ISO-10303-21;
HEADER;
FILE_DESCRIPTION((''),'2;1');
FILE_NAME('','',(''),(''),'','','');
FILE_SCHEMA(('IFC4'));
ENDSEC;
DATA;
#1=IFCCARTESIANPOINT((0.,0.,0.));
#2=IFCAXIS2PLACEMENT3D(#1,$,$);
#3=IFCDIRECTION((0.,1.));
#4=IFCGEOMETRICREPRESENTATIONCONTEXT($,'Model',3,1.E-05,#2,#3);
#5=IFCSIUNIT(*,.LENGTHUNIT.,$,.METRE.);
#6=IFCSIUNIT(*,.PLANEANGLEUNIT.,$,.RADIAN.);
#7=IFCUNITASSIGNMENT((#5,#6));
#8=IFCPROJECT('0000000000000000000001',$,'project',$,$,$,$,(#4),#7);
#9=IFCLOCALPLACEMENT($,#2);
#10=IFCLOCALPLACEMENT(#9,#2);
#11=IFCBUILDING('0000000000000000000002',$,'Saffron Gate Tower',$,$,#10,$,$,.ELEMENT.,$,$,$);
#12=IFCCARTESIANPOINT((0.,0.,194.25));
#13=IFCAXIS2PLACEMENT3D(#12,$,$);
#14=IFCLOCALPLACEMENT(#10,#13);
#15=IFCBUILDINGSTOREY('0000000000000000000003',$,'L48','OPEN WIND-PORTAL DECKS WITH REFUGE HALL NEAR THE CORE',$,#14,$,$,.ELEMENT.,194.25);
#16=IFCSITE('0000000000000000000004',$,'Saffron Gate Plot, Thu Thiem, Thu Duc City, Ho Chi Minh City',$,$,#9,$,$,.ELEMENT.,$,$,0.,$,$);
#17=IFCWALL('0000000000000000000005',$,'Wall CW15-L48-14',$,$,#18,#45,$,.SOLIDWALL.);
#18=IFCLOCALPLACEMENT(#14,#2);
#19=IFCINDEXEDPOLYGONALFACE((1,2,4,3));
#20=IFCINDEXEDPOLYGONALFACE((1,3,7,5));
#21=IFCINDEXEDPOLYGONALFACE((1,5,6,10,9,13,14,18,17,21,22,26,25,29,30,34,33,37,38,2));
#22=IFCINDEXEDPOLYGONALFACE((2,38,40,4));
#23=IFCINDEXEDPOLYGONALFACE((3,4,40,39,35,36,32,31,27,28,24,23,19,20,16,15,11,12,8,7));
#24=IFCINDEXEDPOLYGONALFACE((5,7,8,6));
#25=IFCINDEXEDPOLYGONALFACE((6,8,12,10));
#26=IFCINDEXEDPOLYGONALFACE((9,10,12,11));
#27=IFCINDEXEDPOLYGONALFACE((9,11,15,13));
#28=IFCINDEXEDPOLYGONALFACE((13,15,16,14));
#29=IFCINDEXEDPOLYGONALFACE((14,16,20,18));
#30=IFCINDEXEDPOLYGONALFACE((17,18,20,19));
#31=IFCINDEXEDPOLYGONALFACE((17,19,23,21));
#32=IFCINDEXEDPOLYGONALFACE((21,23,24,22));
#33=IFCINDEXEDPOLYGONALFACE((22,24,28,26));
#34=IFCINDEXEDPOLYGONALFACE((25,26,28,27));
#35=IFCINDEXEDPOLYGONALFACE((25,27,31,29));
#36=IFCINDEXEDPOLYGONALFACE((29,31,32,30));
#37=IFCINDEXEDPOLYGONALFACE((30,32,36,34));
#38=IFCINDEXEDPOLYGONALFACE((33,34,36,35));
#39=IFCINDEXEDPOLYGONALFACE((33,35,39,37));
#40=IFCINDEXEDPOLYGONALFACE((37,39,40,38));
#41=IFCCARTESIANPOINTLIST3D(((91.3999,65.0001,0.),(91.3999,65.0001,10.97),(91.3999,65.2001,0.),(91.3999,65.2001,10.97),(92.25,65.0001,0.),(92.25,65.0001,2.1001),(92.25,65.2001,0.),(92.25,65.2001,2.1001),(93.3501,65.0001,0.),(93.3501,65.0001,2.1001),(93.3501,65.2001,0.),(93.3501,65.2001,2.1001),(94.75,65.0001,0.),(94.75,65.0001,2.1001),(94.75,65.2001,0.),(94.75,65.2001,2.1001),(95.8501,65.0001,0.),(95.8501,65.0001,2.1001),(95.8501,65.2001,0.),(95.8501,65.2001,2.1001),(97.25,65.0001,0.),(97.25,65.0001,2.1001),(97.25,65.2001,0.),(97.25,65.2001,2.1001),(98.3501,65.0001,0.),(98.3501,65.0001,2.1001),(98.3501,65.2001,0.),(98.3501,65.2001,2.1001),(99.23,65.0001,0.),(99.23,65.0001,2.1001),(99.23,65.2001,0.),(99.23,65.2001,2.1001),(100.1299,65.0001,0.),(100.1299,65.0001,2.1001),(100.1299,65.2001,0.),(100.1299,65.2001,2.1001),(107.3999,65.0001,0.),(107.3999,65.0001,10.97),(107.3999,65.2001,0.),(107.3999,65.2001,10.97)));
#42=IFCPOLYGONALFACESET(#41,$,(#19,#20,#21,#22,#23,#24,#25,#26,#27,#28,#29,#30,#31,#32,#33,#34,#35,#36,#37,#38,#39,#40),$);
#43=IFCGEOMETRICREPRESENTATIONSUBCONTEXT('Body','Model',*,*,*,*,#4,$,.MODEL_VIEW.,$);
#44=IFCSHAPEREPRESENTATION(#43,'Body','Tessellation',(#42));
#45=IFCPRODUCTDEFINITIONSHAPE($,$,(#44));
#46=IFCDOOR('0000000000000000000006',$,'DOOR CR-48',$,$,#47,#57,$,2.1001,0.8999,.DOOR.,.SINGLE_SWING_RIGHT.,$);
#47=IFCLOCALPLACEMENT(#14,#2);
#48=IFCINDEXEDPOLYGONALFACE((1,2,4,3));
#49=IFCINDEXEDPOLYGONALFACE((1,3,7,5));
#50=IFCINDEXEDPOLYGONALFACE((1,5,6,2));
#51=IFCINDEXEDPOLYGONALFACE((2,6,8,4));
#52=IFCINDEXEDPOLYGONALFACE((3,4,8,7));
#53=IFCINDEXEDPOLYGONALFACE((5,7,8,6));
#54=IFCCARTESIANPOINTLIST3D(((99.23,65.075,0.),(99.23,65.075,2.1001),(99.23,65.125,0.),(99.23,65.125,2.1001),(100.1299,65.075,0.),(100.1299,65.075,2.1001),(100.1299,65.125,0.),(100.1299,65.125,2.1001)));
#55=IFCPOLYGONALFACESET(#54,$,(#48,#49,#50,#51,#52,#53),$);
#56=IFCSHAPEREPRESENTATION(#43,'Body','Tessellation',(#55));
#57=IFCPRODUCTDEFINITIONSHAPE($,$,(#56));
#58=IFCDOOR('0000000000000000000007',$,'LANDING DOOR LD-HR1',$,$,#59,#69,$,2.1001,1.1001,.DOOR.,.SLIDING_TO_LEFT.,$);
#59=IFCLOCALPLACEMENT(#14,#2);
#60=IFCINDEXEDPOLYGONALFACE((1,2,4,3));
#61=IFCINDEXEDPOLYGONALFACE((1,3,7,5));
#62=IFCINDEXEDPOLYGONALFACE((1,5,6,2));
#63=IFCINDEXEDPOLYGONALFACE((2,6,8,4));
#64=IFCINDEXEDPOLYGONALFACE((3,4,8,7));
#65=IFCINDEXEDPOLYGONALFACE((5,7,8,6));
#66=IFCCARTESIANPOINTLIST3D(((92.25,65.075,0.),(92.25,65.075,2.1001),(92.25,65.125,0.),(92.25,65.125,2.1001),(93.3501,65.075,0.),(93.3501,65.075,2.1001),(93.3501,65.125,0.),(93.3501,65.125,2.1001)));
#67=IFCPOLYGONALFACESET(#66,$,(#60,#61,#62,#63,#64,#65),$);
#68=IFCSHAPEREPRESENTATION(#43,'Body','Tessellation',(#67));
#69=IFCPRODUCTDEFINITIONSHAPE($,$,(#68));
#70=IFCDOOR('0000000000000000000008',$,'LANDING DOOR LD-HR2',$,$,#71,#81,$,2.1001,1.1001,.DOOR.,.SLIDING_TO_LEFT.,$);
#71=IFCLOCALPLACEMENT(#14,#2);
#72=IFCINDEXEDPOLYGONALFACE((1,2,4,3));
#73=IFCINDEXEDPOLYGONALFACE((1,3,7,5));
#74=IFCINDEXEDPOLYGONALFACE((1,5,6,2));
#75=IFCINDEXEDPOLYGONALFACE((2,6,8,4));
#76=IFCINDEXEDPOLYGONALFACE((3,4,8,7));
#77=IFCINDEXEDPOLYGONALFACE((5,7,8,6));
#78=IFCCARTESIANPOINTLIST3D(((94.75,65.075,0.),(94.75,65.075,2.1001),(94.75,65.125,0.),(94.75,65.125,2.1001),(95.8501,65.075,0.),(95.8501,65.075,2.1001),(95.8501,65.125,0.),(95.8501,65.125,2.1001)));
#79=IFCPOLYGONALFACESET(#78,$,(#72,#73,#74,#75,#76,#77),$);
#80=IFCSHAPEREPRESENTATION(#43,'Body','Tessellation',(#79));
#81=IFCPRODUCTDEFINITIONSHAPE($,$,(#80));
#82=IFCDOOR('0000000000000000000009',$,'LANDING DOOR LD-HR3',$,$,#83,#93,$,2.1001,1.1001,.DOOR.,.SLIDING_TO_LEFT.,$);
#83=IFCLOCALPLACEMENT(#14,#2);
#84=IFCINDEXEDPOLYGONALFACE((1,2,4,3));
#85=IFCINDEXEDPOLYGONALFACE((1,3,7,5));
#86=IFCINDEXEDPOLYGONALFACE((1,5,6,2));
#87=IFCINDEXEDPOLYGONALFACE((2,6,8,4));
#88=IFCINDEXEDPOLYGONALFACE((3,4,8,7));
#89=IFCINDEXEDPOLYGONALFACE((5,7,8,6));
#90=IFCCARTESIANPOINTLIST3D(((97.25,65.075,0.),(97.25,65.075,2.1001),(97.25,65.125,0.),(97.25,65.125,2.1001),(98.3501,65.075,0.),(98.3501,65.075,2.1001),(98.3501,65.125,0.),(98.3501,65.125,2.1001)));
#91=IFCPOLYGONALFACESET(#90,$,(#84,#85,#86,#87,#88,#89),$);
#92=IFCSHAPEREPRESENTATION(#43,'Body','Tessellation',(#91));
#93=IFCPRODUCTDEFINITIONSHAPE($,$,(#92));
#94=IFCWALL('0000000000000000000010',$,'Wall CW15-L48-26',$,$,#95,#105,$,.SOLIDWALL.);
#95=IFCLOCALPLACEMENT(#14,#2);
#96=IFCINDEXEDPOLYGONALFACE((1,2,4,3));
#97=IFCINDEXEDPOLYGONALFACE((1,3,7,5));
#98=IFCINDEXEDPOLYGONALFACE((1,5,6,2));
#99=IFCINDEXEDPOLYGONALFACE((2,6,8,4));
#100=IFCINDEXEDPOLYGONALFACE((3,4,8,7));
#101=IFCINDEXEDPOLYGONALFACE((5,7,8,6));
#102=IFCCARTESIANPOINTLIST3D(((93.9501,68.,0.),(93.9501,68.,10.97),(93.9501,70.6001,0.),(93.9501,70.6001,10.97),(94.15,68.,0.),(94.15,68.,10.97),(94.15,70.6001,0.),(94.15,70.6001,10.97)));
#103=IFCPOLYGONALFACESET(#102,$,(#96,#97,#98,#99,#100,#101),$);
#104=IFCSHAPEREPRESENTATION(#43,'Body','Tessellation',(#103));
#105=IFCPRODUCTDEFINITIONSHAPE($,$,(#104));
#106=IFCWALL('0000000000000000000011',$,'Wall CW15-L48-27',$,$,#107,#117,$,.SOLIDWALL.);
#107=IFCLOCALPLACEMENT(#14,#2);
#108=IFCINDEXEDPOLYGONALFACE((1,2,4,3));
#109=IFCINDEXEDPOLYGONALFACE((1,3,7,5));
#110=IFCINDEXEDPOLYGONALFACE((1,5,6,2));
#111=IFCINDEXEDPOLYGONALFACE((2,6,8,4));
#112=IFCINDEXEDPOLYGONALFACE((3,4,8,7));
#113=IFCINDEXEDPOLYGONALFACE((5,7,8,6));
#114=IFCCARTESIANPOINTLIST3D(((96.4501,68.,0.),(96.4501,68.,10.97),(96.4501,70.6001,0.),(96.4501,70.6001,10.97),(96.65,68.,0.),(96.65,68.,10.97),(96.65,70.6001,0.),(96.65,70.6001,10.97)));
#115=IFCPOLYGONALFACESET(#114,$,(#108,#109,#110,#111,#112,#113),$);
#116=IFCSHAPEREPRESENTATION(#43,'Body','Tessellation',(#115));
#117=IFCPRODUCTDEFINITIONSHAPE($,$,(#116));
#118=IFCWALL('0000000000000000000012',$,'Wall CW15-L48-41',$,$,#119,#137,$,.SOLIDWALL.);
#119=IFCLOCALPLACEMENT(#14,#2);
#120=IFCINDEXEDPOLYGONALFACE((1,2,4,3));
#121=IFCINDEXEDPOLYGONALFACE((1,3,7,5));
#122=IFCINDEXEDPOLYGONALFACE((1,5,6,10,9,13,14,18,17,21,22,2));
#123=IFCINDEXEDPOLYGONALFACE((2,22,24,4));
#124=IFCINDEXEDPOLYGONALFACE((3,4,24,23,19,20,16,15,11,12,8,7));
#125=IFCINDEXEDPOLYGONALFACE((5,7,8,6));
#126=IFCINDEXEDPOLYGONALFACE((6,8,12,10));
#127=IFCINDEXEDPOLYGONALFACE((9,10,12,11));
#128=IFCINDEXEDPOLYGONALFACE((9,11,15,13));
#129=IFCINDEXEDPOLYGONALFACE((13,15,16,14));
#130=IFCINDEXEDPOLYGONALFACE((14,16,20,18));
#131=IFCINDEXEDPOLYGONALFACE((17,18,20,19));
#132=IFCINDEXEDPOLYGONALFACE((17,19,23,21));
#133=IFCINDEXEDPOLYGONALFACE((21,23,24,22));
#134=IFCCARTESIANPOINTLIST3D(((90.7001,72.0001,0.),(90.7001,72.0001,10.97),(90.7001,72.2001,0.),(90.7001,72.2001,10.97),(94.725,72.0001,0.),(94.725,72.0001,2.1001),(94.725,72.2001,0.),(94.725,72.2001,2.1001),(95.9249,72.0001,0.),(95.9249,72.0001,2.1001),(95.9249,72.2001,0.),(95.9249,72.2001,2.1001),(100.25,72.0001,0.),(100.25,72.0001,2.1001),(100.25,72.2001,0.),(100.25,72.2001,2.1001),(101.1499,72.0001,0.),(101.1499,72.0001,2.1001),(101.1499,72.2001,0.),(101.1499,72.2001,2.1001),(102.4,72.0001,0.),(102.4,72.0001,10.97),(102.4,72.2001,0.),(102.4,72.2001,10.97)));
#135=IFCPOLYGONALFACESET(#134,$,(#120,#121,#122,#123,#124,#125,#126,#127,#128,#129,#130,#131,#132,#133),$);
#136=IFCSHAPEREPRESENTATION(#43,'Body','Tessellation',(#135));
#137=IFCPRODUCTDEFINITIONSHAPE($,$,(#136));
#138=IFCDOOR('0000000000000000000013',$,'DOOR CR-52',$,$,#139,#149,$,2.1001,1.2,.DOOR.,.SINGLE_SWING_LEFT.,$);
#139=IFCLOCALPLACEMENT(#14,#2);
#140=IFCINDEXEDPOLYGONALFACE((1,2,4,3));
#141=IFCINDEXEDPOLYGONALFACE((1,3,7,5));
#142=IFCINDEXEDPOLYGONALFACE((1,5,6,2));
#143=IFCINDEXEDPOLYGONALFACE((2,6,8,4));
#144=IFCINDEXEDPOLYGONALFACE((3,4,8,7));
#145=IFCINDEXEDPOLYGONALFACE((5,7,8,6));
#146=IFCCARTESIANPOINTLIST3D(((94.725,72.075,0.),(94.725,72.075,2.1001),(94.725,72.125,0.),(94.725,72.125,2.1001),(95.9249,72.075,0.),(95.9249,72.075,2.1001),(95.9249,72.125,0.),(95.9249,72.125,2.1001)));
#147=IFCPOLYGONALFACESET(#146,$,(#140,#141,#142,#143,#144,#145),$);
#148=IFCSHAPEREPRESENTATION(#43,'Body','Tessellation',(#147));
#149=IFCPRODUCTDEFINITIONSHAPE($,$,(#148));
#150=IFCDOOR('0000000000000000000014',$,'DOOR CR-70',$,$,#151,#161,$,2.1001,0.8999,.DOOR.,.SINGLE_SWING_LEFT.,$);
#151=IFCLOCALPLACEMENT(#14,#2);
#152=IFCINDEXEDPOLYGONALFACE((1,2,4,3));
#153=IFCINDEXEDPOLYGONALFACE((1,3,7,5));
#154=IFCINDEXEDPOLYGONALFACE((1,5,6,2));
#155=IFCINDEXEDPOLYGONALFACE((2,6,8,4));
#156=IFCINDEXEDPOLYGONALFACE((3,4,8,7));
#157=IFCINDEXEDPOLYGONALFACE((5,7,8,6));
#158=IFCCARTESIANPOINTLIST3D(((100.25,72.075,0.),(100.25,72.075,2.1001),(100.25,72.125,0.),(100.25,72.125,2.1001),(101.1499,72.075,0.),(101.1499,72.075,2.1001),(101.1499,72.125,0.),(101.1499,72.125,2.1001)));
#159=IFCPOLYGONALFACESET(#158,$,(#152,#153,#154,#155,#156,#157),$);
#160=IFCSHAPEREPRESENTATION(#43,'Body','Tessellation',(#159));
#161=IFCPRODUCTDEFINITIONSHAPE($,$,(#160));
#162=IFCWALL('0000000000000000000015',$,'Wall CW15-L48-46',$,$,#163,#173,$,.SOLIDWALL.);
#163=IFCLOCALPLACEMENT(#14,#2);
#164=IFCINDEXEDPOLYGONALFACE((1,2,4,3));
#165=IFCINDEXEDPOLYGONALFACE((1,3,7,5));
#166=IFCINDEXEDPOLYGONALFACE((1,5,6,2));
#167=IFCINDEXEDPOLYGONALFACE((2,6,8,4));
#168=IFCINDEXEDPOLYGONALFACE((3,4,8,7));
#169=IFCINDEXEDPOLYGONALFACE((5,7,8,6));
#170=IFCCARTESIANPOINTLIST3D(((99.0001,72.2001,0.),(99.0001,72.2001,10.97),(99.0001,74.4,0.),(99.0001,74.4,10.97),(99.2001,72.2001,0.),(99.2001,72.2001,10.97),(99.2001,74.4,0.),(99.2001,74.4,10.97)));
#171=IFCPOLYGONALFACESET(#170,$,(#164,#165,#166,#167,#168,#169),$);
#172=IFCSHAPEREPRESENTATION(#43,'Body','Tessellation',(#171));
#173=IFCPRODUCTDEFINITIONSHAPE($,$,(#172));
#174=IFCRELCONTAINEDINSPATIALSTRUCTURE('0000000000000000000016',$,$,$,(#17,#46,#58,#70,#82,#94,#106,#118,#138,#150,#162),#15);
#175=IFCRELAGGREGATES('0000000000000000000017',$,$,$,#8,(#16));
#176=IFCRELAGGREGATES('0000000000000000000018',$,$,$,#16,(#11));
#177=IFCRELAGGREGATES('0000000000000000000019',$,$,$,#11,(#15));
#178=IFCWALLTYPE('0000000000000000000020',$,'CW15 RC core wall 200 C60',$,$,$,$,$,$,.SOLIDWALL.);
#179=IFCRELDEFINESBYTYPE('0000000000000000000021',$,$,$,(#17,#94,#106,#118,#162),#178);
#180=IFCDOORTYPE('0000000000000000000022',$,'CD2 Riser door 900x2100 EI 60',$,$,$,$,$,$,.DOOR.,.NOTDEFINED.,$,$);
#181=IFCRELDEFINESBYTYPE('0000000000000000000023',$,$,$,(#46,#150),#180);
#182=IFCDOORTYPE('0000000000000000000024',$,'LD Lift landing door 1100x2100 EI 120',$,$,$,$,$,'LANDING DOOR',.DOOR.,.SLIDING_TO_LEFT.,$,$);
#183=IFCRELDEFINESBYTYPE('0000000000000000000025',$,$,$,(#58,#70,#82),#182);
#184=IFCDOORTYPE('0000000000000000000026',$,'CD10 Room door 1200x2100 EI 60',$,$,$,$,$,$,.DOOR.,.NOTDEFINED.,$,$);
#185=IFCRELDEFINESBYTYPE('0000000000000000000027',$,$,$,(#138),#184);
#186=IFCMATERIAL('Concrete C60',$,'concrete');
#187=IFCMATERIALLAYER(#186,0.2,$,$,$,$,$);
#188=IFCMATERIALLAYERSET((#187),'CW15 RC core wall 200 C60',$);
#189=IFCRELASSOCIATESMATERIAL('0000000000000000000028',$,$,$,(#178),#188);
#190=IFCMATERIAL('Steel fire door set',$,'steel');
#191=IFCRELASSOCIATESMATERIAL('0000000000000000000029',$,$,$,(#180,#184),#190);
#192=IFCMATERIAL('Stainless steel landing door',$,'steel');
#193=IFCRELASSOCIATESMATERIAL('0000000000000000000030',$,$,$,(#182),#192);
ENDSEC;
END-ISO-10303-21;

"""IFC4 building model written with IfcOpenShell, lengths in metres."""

from ifc_helpers import new_model, si_unit, direction, frame, frame_2d, origin, place, context, subcontext, project, spatial, rectangle, extrude, material, layer, layer_set, type_object, element, fill, save


model = new_model("IFC4")

# Units and contexts
model_context = context("Model", 3, precision=1e-05, world=origin(), true_north=direction((0.0, 1.0)))
body_context = subcontext(model_context, "Body", "Model", "MODEL_VIEW")
ifc_project = project(units=[si_unit("LENGTHUNIT", "METRE"), si_unit("PLANEANGLEUNIT", "RADIAN")], contexts=[model_context])

# Site, building, storey
site_placement = place(None, origin())
site = spatial("IfcSite", under=ifc_project, at=site_placement, Name="Saffron Gate Plot, Thu Thiem, Thu Duc City, Ho Chi Minh City", CompositionType="ELEMENT", RefElevation=0.0)
building_placement = place(site_placement, origin())
building = spatial("IfcBuilding", under=site, at=building_placement, Name="Saffron Gate Tower", CompositionType="ELEMENT")
storey_placement = place(building_placement, frame((0.0, 0.0, 194.25)))
storey = spatial("IfcBuildingStorey", under=building, at=storey_placement, Name="L48", Description="OPEN WIND-PORTAL DECKS WITH REFUGE HALL NEAR THE CORE", CompositionType="ELEMENT", Elevation=194.25)

# Shared definitions
ifc_material_1 = material(Name="Concrete C60", Category="concrete")

# Shared definitions
ifc_material_2 = material(Name="Steel fire door set", Category="steel")

# Shared definitions
ifc_layer_1 = layer(ifc_material_1, 0.2)
ifc_layer_set_1 = layer_set([ifc_layer_1], Name="CW15 RC core wall 200 C60")
wall_type_1 = type_object("IfcWallType", Name="CW15 RC core wall 200 C60", PredefinedType="SOLIDWALL", material=ifc_layer_set_1)

# Wall, openings, doors
wall_1_placement = place(storey_placement, frame((91.3999, 65.1001, 0.0), z_axis=(0.0, 0.0, 1.0), x_axis=(1.0, 0.0, 0.0)))
wall_1 = element("IfcWall", 1, at=wall_1_placement, inside=storey, type_object=wall_type_1, Name="Wall CW15-L48-14", PredefinedType="SOLIDWALL", context=body_context, shape_type="SweptSolid", body=[
    extrude(rectangle(XDim=16.0, YDim=0.2, at=frame_2d((8.0, 0.0))), origin(), (0.0, 0.0, 1.0), 10.97),
])
opening_1_placement = place(wall_1_placement, frame((0.8501, 0.0, 0.0)))
opening_1 = element("IfcOpeningElement", 2, at=opening_1_placement, cuts=wall_1, PredefinedType="OPENING", context=body_context, shape_type="SweptSolid", body=[
    extrude(rectangle(XDim=1.1001, YDim=2.1001, at=frame_2d((0.55, 1.05))), frame((0.0, 0.1099, 0.0), z_axis=(0.0, -1.0, 0.0), x_axis=(1.0, 0.0, 0.0)), (0.0, 0.0, 1.0), 0.22),
])
opening_2_placement = place(wall_1_placement, frame((3.3501, 0.0, 0.0)))
opening_2 = element("IfcOpeningElement", 3, at=opening_2_placement, cuts=wall_1, PredefinedType="OPENING", context=body_context, shape_type="SweptSolid", body=[
    extrude(rectangle(XDim=1.1001, YDim=2.1001, at=frame_2d((0.55, 1.05))), frame((0.0, 0.1099, 0.0), z_axis=(0.0, -1.0, 0.0), x_axis=(1.0, 0.0, 0.0)), (0.0, 0.0, 1.0), 0.22),
])
opening_3_placement = place(wall_1_placement, frame((5.8501, 0.0, 0.0)))
opening_3 = element("IfcOpeningElement", 4, at=opening_3_placement, cuts=wall_1, PredefinedType="OPENING", context=body_context, shape_type="SweptSolid", body=[
    extrude(rectangle(XDim=1.1001, YDim=2.1001, at=frame_2d((0.55, 1.05))), frame((0.0, 0.1099, 0.0), z_axis=(0.0, -1.0, 0.0), x_axis=(1.0, 0.0, 0.0)), (0.0, 0.0, 1.0), 0.22),
])
opening_4_placement = place(wall_1_placement, frame((7.8301, 0.0, 0.0)))
opening_4 = element("IfcOpeningElement", 5, at=opening_4_placement, cuts=wall_1, PredefinedType="OPENING", context=body_context, shape_type="SweptSolid", body=[
    extrude(rectangle(XDim=0.8999, YDim=2.1001, at=frame_2d((0.45, 1.05))), frame((0.0, 0.1099, 0.0), z_axis=(0.0, -1.0, 0.0), x_axis=(1.0, 0.0, 0.0)), (0.0, 0.0, 1.0), 0.22),
])
door_type_1 = type_object("IfcDoorType", Name="CD2 Riser door 900x2100 EI 60", OperationType="NOTDEFINED", PredefinedType="DOOR", material=ifc_material_2)
door_1_placement = place(opening_4_placement, origin())
door_1 = element("IfcDoor", 6, at=door_1_placement, inside=storey, type_object=door_type_1, Name="DOOR CR-48", OperationType="SINGLE_SWING_RIGHT", OverallHeight=2.1001, OverallWidth=0.8999, PredefinedType="DOOR", context=body_context, shape_type="SweptSolid", body=[
    extrude(rectangle(XDim=0.8999, YDim=2.1001, at=frame_2d((0.45, 1.05))), frame((0.0, 0.0249, 0.0), z_axis=(0.0, -1.0, 0.0), x_axis=(1.0, 0.0, 0.0)), (0.0, 0.0, 1.0), 0.05),
])
fill(opening_4, door_1)
ifc_material_3 = material(Name="Stainless steel landing door", Category="steel")
door_type_2 = type_object("IfcDoorType", Name="LD Lift landing door 1100x2100 EI 120", ElementType="LANDING DOOR", OperationType="SLIDING_TO_LEFT", PredefinedType="DOOR", material=ifc_material_3)
door_2_placement = place(opening_1_placement, origin())
door_2 = element("IfcDoor", 7, at=door_2_placement, inside=storey, type_object=door_type_2, Name="LANDING DOOR LD-HR1", OperationType="SLIDING_TO_LEFT", OverallHeight=2.1001, OverallWidth=1.1001, PredefinedType="DOOR", context=body_context, shape_type="SweptSolid", body=[
    extrude(rectangle(XDim=1.1001, YDim=2.1001, at=frame_2d((0.55, 1.05))), frame((0.0, 0.0249, 0.0), z_axis=(0.0, -1.0, 0.0), x_axis=(1.0, 0.0, 0.0)), (0.0, 0.0, 1.0), 0.05),
])
fill(opening_1, door_2)
door_3_placement = place(opening_2_placement, origin())
door_3 = element("IfcDoor", 8, at=door_3_placement, inside=storey, type_object=door_type_2, Name="LANDING DOOR LD-HR2", OperationType="SLIDING_TO_LEFT", OverallHeight=2.1001, OverallWidth=1.1001, PredefinedType="DOOR", context=body_context, shape_type="SweptSolid", body=[
    extrude(rectangle(XDim=1.1001, YDim=2.1001, at=frame_2d((0.55, 1.05))), frame((0.0, 0.0249, 0.0), z_axis=(0.0, -1.0, 0.0), x_axis=(1.0, 0.0, 0.0)), (0.0, 0.0, 1.0), 0.05),
])
fill(opening_2, door_3)
door_4_placement = place(opening_3_placement, origin())
door_4 = element("IfcDoor", 9, at=door_4_placement, inside=storey, type_object=door_type_2, Name="LANDING DOOR LD-HR3", OperationType="SLIDING_TO_LEFT", OverallHeight=2.1001, OverallWidth=1.1001, PredefinedType="DOOR", context=body_context, shape_type="SweptSolid", body=[
    extrude(rectangle(XDim=1.1001, YDim=2.1001, at=frame_2d((0.55, 1.05))), frame((0.0, 0.0249, 0.0), z_axis=(0.0, -1.0, 0.0), x_axis=(1.0, 0.0, 0.0)), (0.0, 0.0, 1.0), 0.05),
])
fill(opening_3, door_4)

# Walls
for number, where, z_axis, x_axis, name in (
    (10, (94.05, 68.0, 0.0), (0.0, 0.0, 1.0), (0.0, 1.0, 0.0), "Wall CW15-L48-26"),
    (11, (96.55, 68.0, 0.0), (0.0, 0.0, 1.0), (0.0, 1.0, 0.0), "Wall CW15-L48-27"),
):
    element("IfcWall", number, at=place(storey_placement, frame(where, z_axis=z_axis, x_axis=x_axis)), inside=storey, type_object=wall_type_1, Name=name, PredefinedType="SOLIDWALL", context=body_context, shape_type="SweptSolid", body=[
        extrude(rectangle(XDim=2.6001, YDim=0.2, at=frame_2d((1.3, 0.0))), origin(), (0.0, 0.0, 1.0), 10.97),
    ])

# Wall, openings, doors
wall_2_placement = place(storey_placement, frame((90.7, 72.1001, 0.0), z_axis=(0.0, 0.0, 1.0), x_axis=(1.0, 0.0, 0.0)))
wall_2 = element("IfcWall", 12, at=wall_2_placement, inside=storey, type_object=wall_type_1, Name="Wall CW15-L48-41", PredefinedType="SOLIDWALL", context=body_context, shape_type="SweptSolid", body=[
    extrude(rectangle(XDim=11.7, YDim=0.2, at=frame_2d((5.8501, 0.0))), origin(), (0.0, 0.0, 1.0), 10.97),
])
opening_5_placement = place(wall_2_placement, frame((4.0249, 0.0, 0.0)))
opening_5 = element("IfcOpeningElement", 13, at=opening_5_placement, cuts=wall_2, PredefinedType="OPENING", context=body_context, shape_type="SweptSolid", body=[
    extrude(rectangle(XDim=1.2, YDim=2.1001, at=frame_2d((0.6001, 1.05))), frame((0.0, 0.1099, 0.0), z_axis=(0.0, -1.0, 0.0), x_axis=(1.0, 0.0, 0.0)), (0.0, 0.0, 1.0), 0.22),
])
opening_6_placement = place(wall_2_placement, frame((9.55, 0.0, 0.0)))
opening_6 = element("IfcOpeningElement", 14, at=opening_6_placement, cuts=wall_2, PredefinedType="OPENING", context=body_context, shape_type="SweptSolid", body=[
    extrude(rectangle(XDim=0.8999, YDim=2.1001, at=frame_2d((0.45, 1.05))), frame((0.0, 0.1099, 0.0), z_axis=(0.0, -1.0, 0.0), x_axis=(1.0, 0.0, 0.0)), (0.0, 0.0, 1.0), 0.22),
])
door_type_3 = type_object("IfcDoorType", Name="CD10 Room door 1200x2100 EI 60", OperationType="NOTDEFINED", PredefinedType="DOOR", material=ifc_material_2)
door_5_placement = place(opening_5_placement, origin())
door_5 = element("IfcDoor", 15, at=door_5_placement, inside=storey, type_object=door_type_3, Name="DOOR CR-52", OperationType="SINGLE_SWING_LEFT", OverallHeight=2.1001, OverallWidth=1.2, PredefinedType="DOOR", context=body_context, shape_type="SweptSolid", body=[
    extrude(rectangle(XDim=1.2, YDim=2.1001, at=frame_2d((0.6001, 1.05))), frame((0.0, 0.0249, 0.0), z_axis=(0.0, -1.0, 0.0), x_axis=(1.0, 0.0, 0.0)), (0.0, 0.0, 1.0), 0.05),
])
fill(opening_5, door_5)
door_6_placement = place(opening_6_placement, origin())
door_6 = element("IfcDoor", 16, at=door_6_placement, inside=storey, type_object=door_type_1, Name="DOOR CR-70", OperationType="SINGLE_SWING_LEFT", OverallHeight=2.1001, OverallWidth=0.8999, PredefinedType="DOOR", context=body_context, shape_type="SweptSolid", body=[
    extrude(rectangle(XDim=0.8999, YDim=2.1001, at=frame_2d((0.45, 1.05))), frame((0.0, 0.0249, 0.0), z_axis=(0.0, -1.0, 0.0), x_axis=(1.0, 0.0, 0.0)), (0.0, 0.0, 1.0), 0.05),
])
fill(opening_6, door_6)

# Wall
wall_3_placement = place(storey_placement, frame((99.1001, 72.2, 0.0), z_axis=(0.0, 0.0, 1.0), x_axis=(0.0, 1.0, 0.0)))
element("IfcWall", 17, at=wall_3_placement, inside=storey, type_object=wall_type_1, Name="Wall CW15-L48-46", PredefinedType="SOLIDWALL", context=body_context, shape_type="SweptSolid", body=[
    extrude(rectangle(XDim=2.2, YDim=0.2, at=frame_2d((1.1001, 0.0))), origin(), (0.0, 0.0, 1.0), 10.97),
])

save(model, "model.ifc")
